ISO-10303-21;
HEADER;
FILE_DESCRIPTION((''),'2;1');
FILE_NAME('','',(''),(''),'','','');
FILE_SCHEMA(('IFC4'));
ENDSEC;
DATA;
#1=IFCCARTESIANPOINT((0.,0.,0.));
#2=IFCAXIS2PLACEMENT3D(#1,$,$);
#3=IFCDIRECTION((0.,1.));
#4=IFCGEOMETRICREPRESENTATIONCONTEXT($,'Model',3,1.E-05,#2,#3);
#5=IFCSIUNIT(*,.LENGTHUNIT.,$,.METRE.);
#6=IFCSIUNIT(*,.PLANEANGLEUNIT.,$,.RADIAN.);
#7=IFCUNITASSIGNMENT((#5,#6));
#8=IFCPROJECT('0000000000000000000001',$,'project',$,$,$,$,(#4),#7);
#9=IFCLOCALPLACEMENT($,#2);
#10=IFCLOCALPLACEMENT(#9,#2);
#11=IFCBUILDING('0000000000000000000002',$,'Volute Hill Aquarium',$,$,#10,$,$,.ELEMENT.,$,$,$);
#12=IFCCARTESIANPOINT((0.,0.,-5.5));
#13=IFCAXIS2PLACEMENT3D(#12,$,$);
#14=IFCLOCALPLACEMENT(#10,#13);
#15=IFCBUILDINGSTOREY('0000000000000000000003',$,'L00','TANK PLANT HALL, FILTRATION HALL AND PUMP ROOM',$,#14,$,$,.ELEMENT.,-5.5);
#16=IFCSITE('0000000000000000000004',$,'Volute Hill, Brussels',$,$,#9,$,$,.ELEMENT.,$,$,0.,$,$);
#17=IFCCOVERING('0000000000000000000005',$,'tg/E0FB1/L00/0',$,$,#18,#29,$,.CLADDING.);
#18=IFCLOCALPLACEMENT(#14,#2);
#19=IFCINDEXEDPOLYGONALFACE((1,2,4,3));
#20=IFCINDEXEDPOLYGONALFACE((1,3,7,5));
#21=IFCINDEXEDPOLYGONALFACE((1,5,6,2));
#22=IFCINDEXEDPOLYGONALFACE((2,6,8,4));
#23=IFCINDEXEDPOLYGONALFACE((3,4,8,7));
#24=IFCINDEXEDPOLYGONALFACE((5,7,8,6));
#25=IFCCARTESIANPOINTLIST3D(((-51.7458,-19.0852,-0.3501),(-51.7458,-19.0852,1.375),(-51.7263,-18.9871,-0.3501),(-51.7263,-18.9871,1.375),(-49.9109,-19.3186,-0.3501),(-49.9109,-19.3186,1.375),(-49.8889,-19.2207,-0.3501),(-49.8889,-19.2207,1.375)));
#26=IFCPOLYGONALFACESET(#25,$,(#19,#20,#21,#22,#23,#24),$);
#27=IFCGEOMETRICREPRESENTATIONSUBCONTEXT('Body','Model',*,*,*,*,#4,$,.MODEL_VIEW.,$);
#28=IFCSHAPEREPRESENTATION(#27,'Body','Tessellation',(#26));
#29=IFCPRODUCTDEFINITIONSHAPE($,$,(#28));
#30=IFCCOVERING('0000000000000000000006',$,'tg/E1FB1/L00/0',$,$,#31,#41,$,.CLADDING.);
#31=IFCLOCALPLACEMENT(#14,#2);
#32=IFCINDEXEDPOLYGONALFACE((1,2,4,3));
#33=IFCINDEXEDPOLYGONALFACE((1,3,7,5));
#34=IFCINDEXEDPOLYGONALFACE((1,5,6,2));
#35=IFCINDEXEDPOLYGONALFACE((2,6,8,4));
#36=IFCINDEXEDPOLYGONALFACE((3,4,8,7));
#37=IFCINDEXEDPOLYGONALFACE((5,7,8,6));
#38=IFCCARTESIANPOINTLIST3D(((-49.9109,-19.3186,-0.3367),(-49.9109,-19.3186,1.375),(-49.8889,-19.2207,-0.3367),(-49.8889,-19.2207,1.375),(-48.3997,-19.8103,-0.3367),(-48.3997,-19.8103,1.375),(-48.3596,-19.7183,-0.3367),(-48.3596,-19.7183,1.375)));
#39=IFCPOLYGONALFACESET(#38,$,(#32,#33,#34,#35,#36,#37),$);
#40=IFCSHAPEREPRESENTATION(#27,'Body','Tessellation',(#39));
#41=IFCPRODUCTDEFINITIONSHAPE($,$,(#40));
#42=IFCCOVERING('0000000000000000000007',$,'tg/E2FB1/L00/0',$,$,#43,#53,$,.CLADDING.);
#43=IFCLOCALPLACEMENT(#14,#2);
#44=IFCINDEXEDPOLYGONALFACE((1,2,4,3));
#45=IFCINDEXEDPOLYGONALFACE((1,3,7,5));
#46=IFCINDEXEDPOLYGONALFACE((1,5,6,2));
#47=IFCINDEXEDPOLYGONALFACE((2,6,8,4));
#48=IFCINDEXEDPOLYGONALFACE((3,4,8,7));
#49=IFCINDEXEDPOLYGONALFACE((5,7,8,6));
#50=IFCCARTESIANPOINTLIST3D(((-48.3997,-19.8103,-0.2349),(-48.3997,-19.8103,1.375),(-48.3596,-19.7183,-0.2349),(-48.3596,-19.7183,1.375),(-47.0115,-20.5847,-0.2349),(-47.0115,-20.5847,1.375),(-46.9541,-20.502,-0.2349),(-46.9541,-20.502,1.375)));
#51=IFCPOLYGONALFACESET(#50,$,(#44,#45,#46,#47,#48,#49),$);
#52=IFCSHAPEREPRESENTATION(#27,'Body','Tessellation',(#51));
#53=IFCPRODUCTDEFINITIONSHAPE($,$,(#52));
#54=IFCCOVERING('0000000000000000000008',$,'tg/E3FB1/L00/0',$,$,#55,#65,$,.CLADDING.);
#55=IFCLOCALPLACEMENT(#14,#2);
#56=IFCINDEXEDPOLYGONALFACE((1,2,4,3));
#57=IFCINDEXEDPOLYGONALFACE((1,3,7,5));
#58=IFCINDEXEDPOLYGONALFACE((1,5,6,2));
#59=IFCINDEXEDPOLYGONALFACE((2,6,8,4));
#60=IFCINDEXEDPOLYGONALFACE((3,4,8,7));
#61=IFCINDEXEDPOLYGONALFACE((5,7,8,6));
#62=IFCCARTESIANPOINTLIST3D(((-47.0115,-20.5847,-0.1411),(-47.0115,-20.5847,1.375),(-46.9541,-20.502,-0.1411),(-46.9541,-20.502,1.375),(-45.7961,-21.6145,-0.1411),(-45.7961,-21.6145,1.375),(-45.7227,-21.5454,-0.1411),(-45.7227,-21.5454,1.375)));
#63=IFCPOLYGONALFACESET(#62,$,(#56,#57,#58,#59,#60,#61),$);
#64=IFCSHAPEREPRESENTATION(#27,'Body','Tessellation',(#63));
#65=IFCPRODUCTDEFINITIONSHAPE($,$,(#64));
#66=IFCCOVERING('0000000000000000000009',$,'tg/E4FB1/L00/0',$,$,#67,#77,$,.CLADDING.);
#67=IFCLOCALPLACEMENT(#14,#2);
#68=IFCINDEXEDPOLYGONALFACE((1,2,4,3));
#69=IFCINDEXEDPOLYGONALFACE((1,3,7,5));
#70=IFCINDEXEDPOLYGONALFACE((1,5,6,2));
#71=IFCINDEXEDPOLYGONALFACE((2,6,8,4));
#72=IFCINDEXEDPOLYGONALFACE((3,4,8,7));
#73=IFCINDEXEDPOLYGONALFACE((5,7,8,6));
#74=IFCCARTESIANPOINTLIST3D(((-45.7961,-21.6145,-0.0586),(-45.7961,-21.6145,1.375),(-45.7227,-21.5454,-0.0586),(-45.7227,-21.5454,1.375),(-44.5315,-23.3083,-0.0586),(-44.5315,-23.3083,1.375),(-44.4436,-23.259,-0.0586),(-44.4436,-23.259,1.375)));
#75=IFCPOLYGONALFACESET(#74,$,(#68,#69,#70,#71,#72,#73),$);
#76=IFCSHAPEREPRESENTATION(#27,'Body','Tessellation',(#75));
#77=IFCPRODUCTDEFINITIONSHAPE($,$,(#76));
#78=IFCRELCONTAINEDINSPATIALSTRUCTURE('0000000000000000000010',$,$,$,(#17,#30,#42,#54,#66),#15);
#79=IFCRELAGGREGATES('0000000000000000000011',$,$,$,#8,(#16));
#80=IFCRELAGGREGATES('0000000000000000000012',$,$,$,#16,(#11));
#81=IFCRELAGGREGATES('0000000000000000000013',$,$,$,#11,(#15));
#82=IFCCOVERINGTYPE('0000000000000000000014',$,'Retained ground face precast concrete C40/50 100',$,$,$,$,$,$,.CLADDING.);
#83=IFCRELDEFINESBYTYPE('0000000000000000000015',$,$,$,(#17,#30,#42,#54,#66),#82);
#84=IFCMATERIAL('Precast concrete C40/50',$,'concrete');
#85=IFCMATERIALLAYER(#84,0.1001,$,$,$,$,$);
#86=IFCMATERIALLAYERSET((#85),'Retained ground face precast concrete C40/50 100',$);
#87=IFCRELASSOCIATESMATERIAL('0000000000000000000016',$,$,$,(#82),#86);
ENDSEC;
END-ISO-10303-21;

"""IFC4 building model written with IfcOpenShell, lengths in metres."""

from ifc_helpers import new_model, si_unit, direction, frame, origin, place, context, subcontext, project, spatial, polyline, outline, extrude, material, layer, layer_set, type_object, element, save


model = new_model("IFC4")

# Units and contexts
model_context = context("Model", 3, precision=1e-05, world=origin(), true_north=direction((0.0, 1.0)))
body_context = subcontext(model_context, "Body", "Model", "MODEL_VIEW")
ifc_project = project(units=[si_unit("LENGTHUNIT", "METRE"), si_unit("PLANEANGLEUNIT", "RADIAN")], contexts=[model_context])

# Site, building, storey
site_placement = place(None, origin())
site = spatial("IfcSite", under=ifc_project, at=site_placement, Name="Volute Hill, Brussels", CompositionType="ELEMENT", RefElevation=0.0)
building_placement = place(site_placement, origin())
building = spatial("IfcBuilding", under=site, at=building_placement, Name="Volute Hill Aquarium", CompositionType="ELEMENT")
storey_placement = place(building_placement, frame((0.0, 0.0, -5.5)))
storey = spatial("IfcBuildingStorey", under=building, at=storey_placement, Name="L00", Description="TANK PLANT HALL, FILTRATION HALL AND PUMP ROOM", CompositionType="ELEMENT", Elevation=-5.5)

# Coverings
ifc_material_1 = material(Name="Precast concrete C40/50", Category="concrete")
ifc_layer_1 = layer(ifc_material_1, 0.1001)
ifc_layer_set_1 = layer_set([ifc_layer_1], Name="Retained ground face precast concrete C40/50 100")
covering_type_1 = type_object("IfcCoveringType", Name="Retained ground face precast concrete C40/50 100", PredefinedType="CLADDING", material=ifc_layer_set_1)
covering_1_placement = place(storey_placement, frame((0.0, 0.0, -0.3501)))
element("IfcCovering", 1, at=covering_1_placement, inside=storey, type_object=covering_type_1, Name="tg/E0FB1/L00/0", PredefinedType="CLADDING", context=body_context, shape_type="SweptSolid", body=[
    extrude(outline(polyline([(-49.9109, -19.3186), (-49.9109, -19.3186), (-49.8889, -19.2207), (-51.7263, -18.9871), (-51.7263, -18.9871), (-51.7458, -19.0852), (-49.9109, -19.3186)])), origin(), (0.0, 0.0, 1.0), 1.7251),
])
covering_2_placement = place(storey_placement, frame((0.0, 0.0, -0.3367)))
element("IfcCovering", 2, at=covering_2_placement, inside=storey, type_object=covering_type_1, Name="tg/E1FB1/L00/0", PredefinedType="CLADDING", context=body_context, shape_type="SweptSolid", body=[
    extrude(outline(polyline([(-49.9109, -19.3186), (-48.3997, -19.8103), (-48.3596, -19.7183), (-49.8889, -19.2207), (-49.8889, -19.2207), (-49.9109, -19.3186)])), origin(), (0.0, 0.0, 1.0), 1.7117),
])
covering_3_placement = place(storey_placement, frame((0.0, 0.0, -0.2349)))
element("IfcCovering", 3, at=covering_3_placement, inside=storey, type_object=covering_type_1, Name="tg/E2FB1/L00/0", PredefinedType="CLADDING", context=body_context, shape_type="SweptSolid", body=[
    extrude(outline(polyline([(-47.0115, -20.5847), (-47.0115, -20.5847), (-46.9541, -20.502), (-46.9541, -20.502), (-48.3596, -19.7183), (-48.3997, -19.8103), (-48.3997, -19.8103), (-47.0115, -20.5847)])), origin(), (0.0, 0.0, 1.0), 1.6099),
])
covering_4_placement = place(storey_placement, frame((0.0, 0.0, -0.1411)))
element("IfcCovering", 4, at=covering_4_placement, inside=storey, type_object=covering_type_1, Name="tg/E3FB1/L00/0", PredefinedType="CLADDING", context=body_context, shape_type="SweptSolid", body=[
    extrude(outline(polyline([(-47.0115, -20.5847), (-45.7961, -21.6145), (-45.7227, -21.5454), (-46.9541, -20.502), (-47.0115, -20.5847)])), origin(), (0.0, 0.0, 1.0), 1.5161),
])
covering_5_placement = place(storey_placement, frame((0.0, 0.0, -0.0586)))
element("IfcCovering", 5, at=covering_5_placement, inside=storey, type_object=covering_type_1, Name="tg/E4FB1/L00/0", PredefinedType="CLADDING", context=body_context, shape_type="SweptSolid", body=[
    extrude(outline(polyline([(-45.7961, -21.6145), (-44.5315, -23.3083), (-44.4436, -23.259), (-44.4436, -23.259), (-45.7227, -21.5454), (-45.7227, -21.5454), (-45.7961, -21.6145), (-45.7961, -21.6145)])), origin(), (0.0, 0.0, 1.0), 1.4336),
])

save(model, "model.ifc")
